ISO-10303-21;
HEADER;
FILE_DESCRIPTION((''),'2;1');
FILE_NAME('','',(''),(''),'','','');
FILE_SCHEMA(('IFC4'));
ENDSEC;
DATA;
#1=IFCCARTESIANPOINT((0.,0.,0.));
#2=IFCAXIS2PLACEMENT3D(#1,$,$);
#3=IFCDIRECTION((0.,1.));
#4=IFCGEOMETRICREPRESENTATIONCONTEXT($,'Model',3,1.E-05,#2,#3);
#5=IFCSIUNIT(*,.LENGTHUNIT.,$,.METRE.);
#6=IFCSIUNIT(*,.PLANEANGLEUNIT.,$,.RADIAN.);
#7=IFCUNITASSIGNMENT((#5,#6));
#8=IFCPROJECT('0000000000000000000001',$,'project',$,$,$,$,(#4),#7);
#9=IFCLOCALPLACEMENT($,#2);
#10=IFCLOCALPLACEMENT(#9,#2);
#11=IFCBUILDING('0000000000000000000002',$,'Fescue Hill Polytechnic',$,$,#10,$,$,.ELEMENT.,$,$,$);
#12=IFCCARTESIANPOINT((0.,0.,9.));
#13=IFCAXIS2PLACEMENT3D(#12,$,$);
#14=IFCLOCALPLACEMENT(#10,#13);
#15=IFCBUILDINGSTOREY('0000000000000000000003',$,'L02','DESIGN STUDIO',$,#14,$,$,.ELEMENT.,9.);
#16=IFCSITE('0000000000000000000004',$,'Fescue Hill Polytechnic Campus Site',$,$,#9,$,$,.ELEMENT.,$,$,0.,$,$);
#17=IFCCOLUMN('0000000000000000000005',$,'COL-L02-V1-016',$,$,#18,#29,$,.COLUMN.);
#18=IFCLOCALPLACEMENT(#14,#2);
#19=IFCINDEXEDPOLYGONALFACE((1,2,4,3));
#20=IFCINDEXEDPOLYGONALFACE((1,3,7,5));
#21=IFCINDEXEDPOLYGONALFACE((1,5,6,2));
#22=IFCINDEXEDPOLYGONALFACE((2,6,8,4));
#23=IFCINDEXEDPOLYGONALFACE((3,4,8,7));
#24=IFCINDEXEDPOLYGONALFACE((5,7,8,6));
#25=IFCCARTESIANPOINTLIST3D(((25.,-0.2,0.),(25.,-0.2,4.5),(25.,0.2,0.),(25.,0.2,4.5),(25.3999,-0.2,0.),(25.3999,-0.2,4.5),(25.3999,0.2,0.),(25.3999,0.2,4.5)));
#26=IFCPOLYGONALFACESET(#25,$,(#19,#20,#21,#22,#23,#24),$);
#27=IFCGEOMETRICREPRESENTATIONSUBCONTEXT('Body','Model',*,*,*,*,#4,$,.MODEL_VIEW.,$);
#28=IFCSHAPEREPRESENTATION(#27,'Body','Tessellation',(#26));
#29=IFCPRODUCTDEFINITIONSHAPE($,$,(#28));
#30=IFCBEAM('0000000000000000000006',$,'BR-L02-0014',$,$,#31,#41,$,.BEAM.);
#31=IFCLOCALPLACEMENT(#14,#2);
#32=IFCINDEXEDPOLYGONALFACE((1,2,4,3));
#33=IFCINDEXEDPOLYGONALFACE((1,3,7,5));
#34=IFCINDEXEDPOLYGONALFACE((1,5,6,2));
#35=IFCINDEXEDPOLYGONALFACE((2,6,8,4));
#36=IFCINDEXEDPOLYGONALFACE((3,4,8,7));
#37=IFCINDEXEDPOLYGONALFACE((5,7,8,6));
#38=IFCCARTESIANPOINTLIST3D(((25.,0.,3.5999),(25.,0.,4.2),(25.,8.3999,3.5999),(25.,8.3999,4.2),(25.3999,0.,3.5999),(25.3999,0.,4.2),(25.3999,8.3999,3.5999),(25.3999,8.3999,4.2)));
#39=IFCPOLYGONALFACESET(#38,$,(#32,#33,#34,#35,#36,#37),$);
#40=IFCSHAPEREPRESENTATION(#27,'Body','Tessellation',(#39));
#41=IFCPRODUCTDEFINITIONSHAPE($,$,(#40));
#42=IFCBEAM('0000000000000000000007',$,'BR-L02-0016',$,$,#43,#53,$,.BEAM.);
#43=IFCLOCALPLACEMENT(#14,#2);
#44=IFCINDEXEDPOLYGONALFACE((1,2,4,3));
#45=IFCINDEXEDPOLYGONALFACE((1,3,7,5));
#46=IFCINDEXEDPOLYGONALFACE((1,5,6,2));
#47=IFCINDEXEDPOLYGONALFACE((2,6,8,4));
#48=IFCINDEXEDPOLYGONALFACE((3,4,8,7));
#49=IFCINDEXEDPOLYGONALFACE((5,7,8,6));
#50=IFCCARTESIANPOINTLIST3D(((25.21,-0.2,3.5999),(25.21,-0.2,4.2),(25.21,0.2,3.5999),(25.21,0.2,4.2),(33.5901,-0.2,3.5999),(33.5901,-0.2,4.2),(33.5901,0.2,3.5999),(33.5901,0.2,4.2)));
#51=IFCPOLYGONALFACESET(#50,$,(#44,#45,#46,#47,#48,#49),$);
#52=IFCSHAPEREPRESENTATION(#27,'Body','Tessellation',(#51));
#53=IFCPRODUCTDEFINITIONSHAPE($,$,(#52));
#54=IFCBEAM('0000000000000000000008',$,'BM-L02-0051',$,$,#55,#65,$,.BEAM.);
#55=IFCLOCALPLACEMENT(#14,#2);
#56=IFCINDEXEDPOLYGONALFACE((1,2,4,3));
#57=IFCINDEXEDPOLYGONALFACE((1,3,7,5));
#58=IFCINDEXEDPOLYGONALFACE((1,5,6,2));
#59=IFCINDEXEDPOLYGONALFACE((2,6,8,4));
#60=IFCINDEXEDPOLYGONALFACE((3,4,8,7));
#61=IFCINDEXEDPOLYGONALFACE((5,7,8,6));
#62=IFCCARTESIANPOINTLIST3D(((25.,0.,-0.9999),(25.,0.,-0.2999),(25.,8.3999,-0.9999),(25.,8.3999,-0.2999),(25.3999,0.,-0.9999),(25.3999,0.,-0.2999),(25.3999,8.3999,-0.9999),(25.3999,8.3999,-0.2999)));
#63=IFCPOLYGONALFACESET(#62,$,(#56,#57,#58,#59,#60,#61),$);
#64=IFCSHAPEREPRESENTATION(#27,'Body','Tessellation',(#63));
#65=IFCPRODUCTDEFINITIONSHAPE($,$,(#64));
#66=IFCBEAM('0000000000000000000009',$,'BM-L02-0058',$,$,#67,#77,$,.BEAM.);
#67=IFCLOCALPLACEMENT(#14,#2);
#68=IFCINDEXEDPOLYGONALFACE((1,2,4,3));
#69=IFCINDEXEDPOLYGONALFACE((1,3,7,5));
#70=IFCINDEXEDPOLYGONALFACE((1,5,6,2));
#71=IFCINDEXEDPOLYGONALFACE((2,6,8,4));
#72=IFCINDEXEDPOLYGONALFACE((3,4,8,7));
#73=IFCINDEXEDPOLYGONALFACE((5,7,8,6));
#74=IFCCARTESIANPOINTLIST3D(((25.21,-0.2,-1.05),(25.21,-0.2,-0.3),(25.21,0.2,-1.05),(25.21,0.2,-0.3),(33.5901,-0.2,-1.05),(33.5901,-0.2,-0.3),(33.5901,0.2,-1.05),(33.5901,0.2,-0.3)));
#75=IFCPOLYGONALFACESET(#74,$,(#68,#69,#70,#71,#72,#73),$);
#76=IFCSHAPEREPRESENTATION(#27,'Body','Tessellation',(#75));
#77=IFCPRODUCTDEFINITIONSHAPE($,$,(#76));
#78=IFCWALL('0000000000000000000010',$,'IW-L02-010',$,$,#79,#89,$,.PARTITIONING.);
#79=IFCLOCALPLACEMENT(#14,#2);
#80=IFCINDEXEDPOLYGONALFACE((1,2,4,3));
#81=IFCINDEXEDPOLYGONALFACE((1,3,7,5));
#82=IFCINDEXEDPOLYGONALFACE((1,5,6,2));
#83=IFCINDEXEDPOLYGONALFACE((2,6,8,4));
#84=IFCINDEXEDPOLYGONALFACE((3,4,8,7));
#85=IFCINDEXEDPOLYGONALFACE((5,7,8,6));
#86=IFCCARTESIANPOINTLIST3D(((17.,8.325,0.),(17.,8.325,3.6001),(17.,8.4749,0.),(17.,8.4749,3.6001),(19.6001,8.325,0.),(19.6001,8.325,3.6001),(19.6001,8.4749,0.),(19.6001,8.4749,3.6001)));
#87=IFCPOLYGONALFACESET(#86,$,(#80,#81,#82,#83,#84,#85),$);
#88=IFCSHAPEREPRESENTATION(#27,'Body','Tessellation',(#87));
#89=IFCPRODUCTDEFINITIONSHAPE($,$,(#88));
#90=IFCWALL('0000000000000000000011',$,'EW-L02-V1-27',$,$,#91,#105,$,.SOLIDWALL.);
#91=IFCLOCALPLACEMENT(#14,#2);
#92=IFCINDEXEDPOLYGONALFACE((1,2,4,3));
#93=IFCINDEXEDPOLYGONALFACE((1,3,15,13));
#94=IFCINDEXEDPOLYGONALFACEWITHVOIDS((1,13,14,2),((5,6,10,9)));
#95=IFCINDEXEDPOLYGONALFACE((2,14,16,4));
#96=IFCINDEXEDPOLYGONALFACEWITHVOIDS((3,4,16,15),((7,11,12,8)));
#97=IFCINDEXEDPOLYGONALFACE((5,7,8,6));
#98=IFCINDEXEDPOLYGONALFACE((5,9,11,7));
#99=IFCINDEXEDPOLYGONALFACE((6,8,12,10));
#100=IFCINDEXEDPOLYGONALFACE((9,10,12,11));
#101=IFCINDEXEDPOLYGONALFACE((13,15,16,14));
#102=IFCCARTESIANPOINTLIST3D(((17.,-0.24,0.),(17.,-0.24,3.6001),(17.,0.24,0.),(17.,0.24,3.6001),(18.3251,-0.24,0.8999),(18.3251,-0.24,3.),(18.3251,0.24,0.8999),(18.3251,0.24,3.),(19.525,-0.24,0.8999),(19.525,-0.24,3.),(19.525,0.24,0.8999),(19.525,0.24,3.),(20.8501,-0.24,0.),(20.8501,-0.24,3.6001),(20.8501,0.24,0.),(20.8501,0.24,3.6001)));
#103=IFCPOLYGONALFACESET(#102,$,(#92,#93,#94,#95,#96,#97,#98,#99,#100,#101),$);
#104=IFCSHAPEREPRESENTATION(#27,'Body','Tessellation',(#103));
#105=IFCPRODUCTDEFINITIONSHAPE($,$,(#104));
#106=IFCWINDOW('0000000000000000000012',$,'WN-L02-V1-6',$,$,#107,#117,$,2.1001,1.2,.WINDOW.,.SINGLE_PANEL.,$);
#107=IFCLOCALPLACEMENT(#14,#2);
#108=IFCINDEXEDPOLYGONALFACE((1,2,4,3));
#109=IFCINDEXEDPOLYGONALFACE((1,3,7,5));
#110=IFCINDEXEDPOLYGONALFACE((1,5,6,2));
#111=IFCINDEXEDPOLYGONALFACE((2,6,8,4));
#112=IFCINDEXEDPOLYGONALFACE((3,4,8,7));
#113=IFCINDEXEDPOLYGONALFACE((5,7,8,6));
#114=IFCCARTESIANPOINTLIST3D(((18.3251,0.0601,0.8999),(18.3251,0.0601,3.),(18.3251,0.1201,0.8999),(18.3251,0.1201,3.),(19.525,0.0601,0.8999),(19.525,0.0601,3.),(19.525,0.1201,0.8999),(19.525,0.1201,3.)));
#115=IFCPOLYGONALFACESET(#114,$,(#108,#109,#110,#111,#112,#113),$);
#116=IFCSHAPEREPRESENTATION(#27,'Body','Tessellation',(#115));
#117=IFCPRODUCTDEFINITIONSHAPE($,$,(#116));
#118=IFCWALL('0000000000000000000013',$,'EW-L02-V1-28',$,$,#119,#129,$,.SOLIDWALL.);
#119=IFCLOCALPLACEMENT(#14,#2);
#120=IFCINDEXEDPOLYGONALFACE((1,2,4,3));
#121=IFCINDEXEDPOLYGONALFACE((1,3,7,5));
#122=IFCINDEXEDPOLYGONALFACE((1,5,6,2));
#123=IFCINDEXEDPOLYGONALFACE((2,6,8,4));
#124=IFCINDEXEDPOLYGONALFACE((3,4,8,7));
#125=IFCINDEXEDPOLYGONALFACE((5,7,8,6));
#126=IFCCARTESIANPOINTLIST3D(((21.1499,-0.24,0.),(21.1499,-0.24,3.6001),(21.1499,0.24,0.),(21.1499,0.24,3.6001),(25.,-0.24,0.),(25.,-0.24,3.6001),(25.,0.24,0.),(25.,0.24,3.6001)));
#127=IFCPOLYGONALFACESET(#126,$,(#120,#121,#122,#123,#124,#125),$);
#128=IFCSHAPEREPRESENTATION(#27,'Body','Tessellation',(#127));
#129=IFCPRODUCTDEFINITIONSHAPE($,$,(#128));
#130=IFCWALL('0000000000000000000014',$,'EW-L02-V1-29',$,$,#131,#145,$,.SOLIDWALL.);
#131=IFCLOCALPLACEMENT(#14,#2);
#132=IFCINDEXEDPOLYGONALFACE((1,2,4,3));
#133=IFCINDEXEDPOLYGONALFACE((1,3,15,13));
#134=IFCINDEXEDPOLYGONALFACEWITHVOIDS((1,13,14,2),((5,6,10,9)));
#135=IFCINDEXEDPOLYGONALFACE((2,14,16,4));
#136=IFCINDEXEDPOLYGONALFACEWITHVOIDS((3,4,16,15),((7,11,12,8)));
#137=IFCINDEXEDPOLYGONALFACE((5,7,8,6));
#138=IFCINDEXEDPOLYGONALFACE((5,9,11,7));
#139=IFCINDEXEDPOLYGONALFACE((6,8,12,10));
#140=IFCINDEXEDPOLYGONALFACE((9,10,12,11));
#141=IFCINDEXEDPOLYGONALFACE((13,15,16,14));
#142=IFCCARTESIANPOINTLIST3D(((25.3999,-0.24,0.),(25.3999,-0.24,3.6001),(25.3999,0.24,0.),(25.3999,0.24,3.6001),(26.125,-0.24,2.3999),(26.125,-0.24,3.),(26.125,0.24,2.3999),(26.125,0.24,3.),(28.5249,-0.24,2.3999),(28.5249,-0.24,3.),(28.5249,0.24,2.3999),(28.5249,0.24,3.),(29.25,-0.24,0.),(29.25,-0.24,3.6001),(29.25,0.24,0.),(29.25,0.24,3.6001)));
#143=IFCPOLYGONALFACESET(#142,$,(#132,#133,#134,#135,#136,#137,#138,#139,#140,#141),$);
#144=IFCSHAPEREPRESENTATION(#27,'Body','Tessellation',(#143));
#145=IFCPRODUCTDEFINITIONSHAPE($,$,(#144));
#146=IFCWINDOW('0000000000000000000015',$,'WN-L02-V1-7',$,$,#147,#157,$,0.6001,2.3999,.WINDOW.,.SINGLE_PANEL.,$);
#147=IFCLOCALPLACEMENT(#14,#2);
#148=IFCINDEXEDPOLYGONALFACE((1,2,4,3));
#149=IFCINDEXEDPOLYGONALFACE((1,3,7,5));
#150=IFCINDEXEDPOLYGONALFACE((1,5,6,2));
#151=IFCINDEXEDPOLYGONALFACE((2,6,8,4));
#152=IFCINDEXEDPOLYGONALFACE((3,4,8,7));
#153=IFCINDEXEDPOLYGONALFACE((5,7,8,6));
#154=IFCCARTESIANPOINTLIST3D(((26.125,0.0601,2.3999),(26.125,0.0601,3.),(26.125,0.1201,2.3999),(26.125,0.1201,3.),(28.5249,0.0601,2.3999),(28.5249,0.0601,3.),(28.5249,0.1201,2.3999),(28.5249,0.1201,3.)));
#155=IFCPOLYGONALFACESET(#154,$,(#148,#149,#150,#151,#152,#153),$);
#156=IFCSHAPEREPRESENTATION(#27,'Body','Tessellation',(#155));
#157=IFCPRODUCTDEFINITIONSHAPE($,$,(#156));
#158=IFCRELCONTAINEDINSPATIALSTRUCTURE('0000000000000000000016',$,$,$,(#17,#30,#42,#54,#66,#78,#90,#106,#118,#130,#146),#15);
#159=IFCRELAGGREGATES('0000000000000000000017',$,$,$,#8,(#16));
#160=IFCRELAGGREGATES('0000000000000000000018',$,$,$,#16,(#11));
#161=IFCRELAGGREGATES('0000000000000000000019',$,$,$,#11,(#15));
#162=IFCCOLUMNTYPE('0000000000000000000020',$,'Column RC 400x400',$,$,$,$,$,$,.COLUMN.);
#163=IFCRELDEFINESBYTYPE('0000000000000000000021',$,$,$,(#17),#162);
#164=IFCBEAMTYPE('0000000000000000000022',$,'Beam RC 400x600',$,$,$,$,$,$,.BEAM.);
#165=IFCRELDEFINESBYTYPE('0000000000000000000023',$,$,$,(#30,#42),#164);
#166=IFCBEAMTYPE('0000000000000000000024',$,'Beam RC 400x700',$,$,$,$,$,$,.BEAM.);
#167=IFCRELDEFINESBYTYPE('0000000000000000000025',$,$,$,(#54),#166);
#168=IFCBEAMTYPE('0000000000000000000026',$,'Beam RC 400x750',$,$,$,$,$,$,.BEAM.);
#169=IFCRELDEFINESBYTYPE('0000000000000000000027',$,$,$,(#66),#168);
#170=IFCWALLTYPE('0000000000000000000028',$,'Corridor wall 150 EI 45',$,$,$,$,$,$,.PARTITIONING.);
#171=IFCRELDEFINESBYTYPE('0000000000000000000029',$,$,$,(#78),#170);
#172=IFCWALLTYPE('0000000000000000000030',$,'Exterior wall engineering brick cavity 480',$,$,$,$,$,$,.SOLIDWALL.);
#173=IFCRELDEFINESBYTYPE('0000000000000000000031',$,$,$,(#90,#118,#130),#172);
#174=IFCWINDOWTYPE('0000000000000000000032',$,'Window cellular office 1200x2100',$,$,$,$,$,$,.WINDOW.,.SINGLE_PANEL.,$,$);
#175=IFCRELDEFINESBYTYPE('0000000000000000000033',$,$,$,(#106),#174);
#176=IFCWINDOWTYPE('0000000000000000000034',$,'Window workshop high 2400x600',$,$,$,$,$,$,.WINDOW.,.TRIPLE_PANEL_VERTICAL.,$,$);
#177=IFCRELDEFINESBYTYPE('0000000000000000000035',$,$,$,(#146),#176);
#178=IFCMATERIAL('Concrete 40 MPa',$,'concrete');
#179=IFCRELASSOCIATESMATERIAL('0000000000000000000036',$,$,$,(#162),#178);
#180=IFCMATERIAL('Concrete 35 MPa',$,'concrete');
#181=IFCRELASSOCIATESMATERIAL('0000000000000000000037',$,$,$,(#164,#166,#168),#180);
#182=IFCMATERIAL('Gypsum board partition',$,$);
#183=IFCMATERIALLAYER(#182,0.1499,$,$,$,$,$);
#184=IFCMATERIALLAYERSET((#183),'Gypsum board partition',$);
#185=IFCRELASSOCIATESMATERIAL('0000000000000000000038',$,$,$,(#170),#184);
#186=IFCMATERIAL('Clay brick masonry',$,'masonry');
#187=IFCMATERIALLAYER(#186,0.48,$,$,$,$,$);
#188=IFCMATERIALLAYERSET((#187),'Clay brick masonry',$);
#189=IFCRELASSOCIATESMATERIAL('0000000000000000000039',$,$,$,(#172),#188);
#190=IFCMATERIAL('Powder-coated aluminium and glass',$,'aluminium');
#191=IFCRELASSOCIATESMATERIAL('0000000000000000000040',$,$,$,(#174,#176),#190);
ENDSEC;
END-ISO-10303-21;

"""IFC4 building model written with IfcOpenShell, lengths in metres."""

from ifc_helpers import new_model, si_unit, direction, frame, frame_2d, origin, origin_2d, place, context, subcontext, project, spatial, rectangle, extrude, material, layer, layer_set, material_profile, profile_set, type_object, element, fill, save


model = new_model("IFC4")

# Units and contexts
model_context = context("Model", 3, precision=1e-05, world=origin(), true_north=direction((0.0, 1.0)))
body_context = subcontext(model_context, "Body", "Model", "MODEL_VIEW")
ifc_project = project(units=[si_unit("LENGTHUNIT", "METRE"), si_unit("PLANEANGLEUNIT", "RADIAN")], contexts=[model_context])

# Site, building, storey
site_placement = place(None, origin())
site = spatial("IfcSite", under=ifc_project, at=site_placement, Name="Fescue Hill Polytechnic Campus Site", CompositionType="ELEMENT", RefElevation=0.0)
building_placement = place(site_placement, origin())
building = spatial("IfcBuilding", under=site, at=building_placement, Name="Fescue Hill Polytechnic", CompositionType="ELEMENT")
storey_placement = place(building_placement, frame((0.0, 0.0, 9.0)))
storey = spatial("IfcBuildingStorey", under=building, at=storey_placement, Name="L02", Description="DESIGN STUDIO", CompositionType="ELEMENT", Elevation=9.0)

# Column
ifc_material_1 = material(Name="Concrete 40 MPa", Category="concrete")
ifc_material_profile_1 = material_profile(ifc_material_1, rectangle(XDim=0.3999, YDim=0.3999, at=origin_2d()), Name="RC 400x400")
ifc_profile_set_1 = profile_set([ifc_material_profile_1], Name="Concrete 40 MPa")
column_type = type_object("IfcColumnType", Name="Column RC 400x400", PredefinedType="COLUMN", material=ifc_profile_set_1)
column_placement = place(storey_placement, frame((25.2, 0.0, 0.0), z_axis=(0.0, 0.0, 1.0), x_axis=(1.0, 0.0, 0.0)))
element("IfcColumn", 1, at=column_placement, inside=storey, type_object=column_type, Name="COL-L02-V1-016", PredefinedType="COLUMN", context=body_context, shape_type="SweptSolid", body=[
    extrude(rectangle(XDim=0.3999, YDim=0.3999, at=origin_2d()), origin(), (0.0, 0.0, 1.0), 4.5),
])

# Beams
ifc_material_2 = material(Name="Concrete 35 MPa", Category="concrete")
ifc_material_profile_2 = material_profile(ifc_material_2, rectangle(XDim=0.3999, YDim=0.6001, at=origin_2d()), Name="RC 400x600")
ifc_profile_set_2 = profile_set([ifc_material_profile_2], Name="Concrete 35 MPa")
beam_type_1 = type_object("IfcBeamType", Name="Beam RC 400x600", PredefinedType="BEAM", material=ifc_profile_set_2)
beam_1_placement = place(storey_placement, frame((25.2, 0.0, 3.8999), z_axis=(0.0, 1.0, 0.0), x_axis=(-1.0, 0.0, 0.0)))
element("IfcBeam", 2, at=beam_1_placement, inside=storey, type_object=beam_type_1, Name="BR-L02-0014", PredefinedType="BEAM", context=body_context, shape_type="SweptSolid", body=[
    extrude(rectangle(XDim=0.3999, YDim=0.6001, at=origin_2d()), origin(), (0.0, 0.0, 1.0), 8.3999),
])
beam_2_placement = place(storey_placement, frame((25.21, 0.0, 3.8999), z_axis=(1.0, 0.0, 0.0), x_axis=(0.0, 1.0, 0.0)))
element("IfcBeam", 3, at=beam_2_placement, inside=storey, type_object=beam_type_1, Name="BR-L02-0016", PredefinedType="BEAM", context=body_context, shape_type="SweptSolid", body=[
    extrude(rectangle(XDim=0.3999, YDim=0.6001, at=origin_2d()), origin(), (0.0, 0.0, 1.0), 8.3801),
])
ifc_material_profile_3 = material_profile(ifc_material_2, rectangle(XDim=0.3999, YDim=0.7, at=origin_2d()), Name="RC 400x700")
ifc_profile_set_3 = profile_set([ifc_material_profile_3], Name="Concrete 35 MPa")
beam_type_2 = type_object("IfcBeamType", Name="Beam RC 400x700", PredefinedType="BEAM", material=ifc_profile_set_3)
beam_3_placement = place(storey_placement, frame((25.2, 0.0, -0.6499), z_axis=(0.0, 1.0, 0.0), x_axis=(-1.0, 0.0, 0.0)))
element("IfcBeam", 4, at=beam_3_placement, inside=storey, type_object=beam_type_2, Name="BM-L02-0051", PredefinedType="BEAM", context=body_context, shape_type="SweptSolid", body=[
    extrude(rectangle(XDim=0.3999, YDim=0.7, at=origin_2d()), origin(), (0.0, 0.0, 1.0), 8.3999),
])
ifc_material_profile_4 = material_profile(ifc_material_2, rectangle(XDim=0.3999, YDim=0.75, at=origin_2d()), Name="RC 400x750")
ifc_profile_set_4 = profile_set([ifc_material_profile_4], Name="Concrete 35 MPa")
beam_type_3 = type_object("IfcBeamType", Name="Beam RC 400x750", PredefinedType="BEAM", material=ifc_profile_set_4)
beam_4_placement = place(storey_placement, frame((25.21, 0.0, -0.675), z_axis=(1.0, 0.0, 0.0), x_axis=(0.0, 1.0, 0.0)))
element("IfcBeam", 5, at=beam_4_placement, inside=storey, type_object=beam_type_3, Name="BM-L02-0058", PredefinedType="BEAM", context=body_context, shape_type="SweptSolid", body=[
    extrude(rectangle(XDim=0.3999, YDim=0.75, at=origin_2d()), origin(), (0.0, 0.0, 1.0), 8.3801),
])

# Wall
ifc_material_3 = material(Name="Gypsum board partition")
ifc_layer_1 = layer(ifc_material_3, 0.1499)
ifc_layer_set_1 = layer_set([ifc_layer_1], Name="Gypsum board partition")
wall_type_1 = type_object("IfcWallType", Name="Corridor wall 150 EI 45", PredefinedType="PARTITIONING", material=ifc_layer_set_1)
wall_1_placement = place(storey_placement, frame((17.0, 8.3999, 0.0), z_axis=(0.0, 0.0, 1.0), x_axis=(1.0, 0.0, 0.0)))
element("IfcWall", 6, at=wall_1_placement, inside=storey, type_object=wall_type_1, Name="IW-L02-010", PredefinedType="PARTITIONING", context=body_context, shape_type="SweptSolid", body=[
    extrude(rectangle(XDim=2.6001, YDim=0.1499, at=frame_2d((1.3, 0.0))), origin(), (0.0, 0.0, 1.0), 3.6001),
])

# Wall, opening, window
ifc_material_4 = material(Name="Clay brick masonry", Category="masonry")
ifc_layer_2 = layer(ifc_material_4, 0.48)
ifc_layer_set_2 = layer_set([ifc_layer_2], Name="Clay brick masonry")
wall_type_2 = type_object("IfcWallType", Name="Exterior wall engineering brick cavity 480", PredefinedType="SOLIDWALL", material=ifc_layer_set_2)
wall_2_placement = place(storey_placement, frame((17.0, 0.0, 0.0), z_axis=(0.0, 0.0, 1.0), x_axis=(1.0, 0.0, 0.0)))
wall_2 = element("IfcWall", 7, at=wall_2_placement, inside=storey, type_object=wall_type_2, Name="EW-L02-V1-27", PredefinedType="SOLIDWALL", context=body_context, shape_type="SweptSolid", body=[
    extrude(rectangle(XDim=3.8501, YDim=0.48, at=frame_2d((1.925, 0.0))), origin(), (0.0, 0.0, 1.0), 3.6001),
])
opening_1_placement = place(wall_2_placement, frame((1.325, 0.0, 0.8999)))
opening_1 = element("IfcOpeningElement", 8, at=opening_1_placement, cuts=wall_2, PredefinedType="OPENING", context=body_context, shape_type="SweptSolid", body=[
    extrude(rectangle(XDim=1.2, YDim=2.1001, at=frame_2d((0.6001, 1.05))), frame((0.0, 0.25, 0.0), z_axis=(0.0, -1.0, 0.0), x_axis=(1.0, 0.0, 0.0)), (0.0, 0.0, 1.0), 0.5),
])
ifc_material_5 = material(Name="Powder-coated aluminium and glass", Category="aluminium")
window_type_1 = type_object("IfcWindowType", Name="Window cellular office 1200x2100", PartitioningType="SINGLE_PANEL", PredefinedType="WINDOW", material=ifc_material_5)
window_1_placement = place(opening_1_placement, origin())
window_1 = element("IfcWindow", 9, at=window_1_placement, inside=storey, type_object=window_type_1, Name="WN-L02-V1-6", OverallHeight=2.1001, OverallWidth=1.2, PartitioningType="SINGLE_PANEL", PredefinedType="WINDOW", context=body_context, shape_type="SweptSolid", body=[
    extrude(rectangle(XDim=1.2, YDim=2.1001, at=frame_2d((0.6001, 1.05))), frame((0.0, 0.1201, 0.0), z_axis=(0.0, -1.0, 0.0), x_axis=(1.0, 0.0, 0.0)), (0.0, 0.0, 1.0), 0.0601),
])
fill(opening_1, window_1)

# Wall
wall_3_placement = place(storey_placement, frame((21.1499, 0.0, 0.0), z_axis=(0.0, 0.0, 1.0), x_axis=(1.0, 0.0, 0.0)))
element("IfcWall", 10, at=wall_3_placement, inside=storey, type_object=wall_type_2, Name="EW-L02-V1-28", PredefinedType="SOLIDWALL", context=body_context, shape_type="SweptSolid", body=[
    extrude(rectangle(XDim=3.8501, YDim=0.48, at=frame_2d((1.925, 0.0))), origin(), (0.0, 0.0, 1.0), 3.6001),
])

# Wall, opening, window
wall_4_placement = place(storey_placement, frame((25.3999, 0.0, 0.0), z_axis=(0.0, 0.0, 1.0), x_axis=(1.0, 0.0, 0.0)))
wall_4 = element("IfcWall", 11, at=wall_4_placement, inside=storey, type_object=wall_type_2, Name="EW-L02-V1-29", PredefinedType="SOLIDWALL", context=body_context, shape_type="SweptSolid", body=[
    extrude(rectangle(XDim=3.8501, YDim=0.48, at=frame_2d((1.925, 0.0))), origin(), (0.0, 0.0, 1.0), 3.6001),
])
opening_2_placement = place(wall_4_placement, frame((0.7251, 0.0, 2.3999)))
opening_2 = element("IfcOpeningElement", 12, at=opening_2_placement, cuts=wall_4, PredefinedType="OPENING", context=body_context, shape_type="SweptSolid", body=[
    extrude(rectangle(XDim=2.3999, YDim=0.6001, at=frame_2d((1.2, 0.3))), frame((0.0, 0.25, 0.0), z_axis=(0.0, -1.0, 0.0), x_axis=(1.0, 0.0, 0.0)), (0.0, 0.0, 1.0), 0.5),
])
window_type_2 = type_object("IfcWindowType", Name="Window workshop high 2400x600", PartitioningType="TRIPLE_PANEL_VERTICAL", PredefinedType="WINDOW", material=ifc_material_5)
window_2_placement = place(opening_2_placement, origin())
window_2 = element("IfcWindow", 13, at=window_2_placement, inside=storey, type_object=window_type_2, Name="WN-L02-V1-7", OverallHeight=0.6001, OverallWidth=2.3999, PartitioningType="SINGLE_PANEL", PredefinedType="WINDOW", context=body_context, shape_type="SweptSolid", body=[
    extrude(rectangle(XDim=2.3999, YDim=0.6001, at=frame_2d((1.2, 0.3))), frame((0.0, 0.1201, 0.0), z_axis=(0.0, -1.0, 0.0), x_axis=(1.0, 0.0, 0.0)), (0.0, 0.0, 1.0), 0.0601),
])
fill(opening_2, window_2)

save(model, "model.ifc")
